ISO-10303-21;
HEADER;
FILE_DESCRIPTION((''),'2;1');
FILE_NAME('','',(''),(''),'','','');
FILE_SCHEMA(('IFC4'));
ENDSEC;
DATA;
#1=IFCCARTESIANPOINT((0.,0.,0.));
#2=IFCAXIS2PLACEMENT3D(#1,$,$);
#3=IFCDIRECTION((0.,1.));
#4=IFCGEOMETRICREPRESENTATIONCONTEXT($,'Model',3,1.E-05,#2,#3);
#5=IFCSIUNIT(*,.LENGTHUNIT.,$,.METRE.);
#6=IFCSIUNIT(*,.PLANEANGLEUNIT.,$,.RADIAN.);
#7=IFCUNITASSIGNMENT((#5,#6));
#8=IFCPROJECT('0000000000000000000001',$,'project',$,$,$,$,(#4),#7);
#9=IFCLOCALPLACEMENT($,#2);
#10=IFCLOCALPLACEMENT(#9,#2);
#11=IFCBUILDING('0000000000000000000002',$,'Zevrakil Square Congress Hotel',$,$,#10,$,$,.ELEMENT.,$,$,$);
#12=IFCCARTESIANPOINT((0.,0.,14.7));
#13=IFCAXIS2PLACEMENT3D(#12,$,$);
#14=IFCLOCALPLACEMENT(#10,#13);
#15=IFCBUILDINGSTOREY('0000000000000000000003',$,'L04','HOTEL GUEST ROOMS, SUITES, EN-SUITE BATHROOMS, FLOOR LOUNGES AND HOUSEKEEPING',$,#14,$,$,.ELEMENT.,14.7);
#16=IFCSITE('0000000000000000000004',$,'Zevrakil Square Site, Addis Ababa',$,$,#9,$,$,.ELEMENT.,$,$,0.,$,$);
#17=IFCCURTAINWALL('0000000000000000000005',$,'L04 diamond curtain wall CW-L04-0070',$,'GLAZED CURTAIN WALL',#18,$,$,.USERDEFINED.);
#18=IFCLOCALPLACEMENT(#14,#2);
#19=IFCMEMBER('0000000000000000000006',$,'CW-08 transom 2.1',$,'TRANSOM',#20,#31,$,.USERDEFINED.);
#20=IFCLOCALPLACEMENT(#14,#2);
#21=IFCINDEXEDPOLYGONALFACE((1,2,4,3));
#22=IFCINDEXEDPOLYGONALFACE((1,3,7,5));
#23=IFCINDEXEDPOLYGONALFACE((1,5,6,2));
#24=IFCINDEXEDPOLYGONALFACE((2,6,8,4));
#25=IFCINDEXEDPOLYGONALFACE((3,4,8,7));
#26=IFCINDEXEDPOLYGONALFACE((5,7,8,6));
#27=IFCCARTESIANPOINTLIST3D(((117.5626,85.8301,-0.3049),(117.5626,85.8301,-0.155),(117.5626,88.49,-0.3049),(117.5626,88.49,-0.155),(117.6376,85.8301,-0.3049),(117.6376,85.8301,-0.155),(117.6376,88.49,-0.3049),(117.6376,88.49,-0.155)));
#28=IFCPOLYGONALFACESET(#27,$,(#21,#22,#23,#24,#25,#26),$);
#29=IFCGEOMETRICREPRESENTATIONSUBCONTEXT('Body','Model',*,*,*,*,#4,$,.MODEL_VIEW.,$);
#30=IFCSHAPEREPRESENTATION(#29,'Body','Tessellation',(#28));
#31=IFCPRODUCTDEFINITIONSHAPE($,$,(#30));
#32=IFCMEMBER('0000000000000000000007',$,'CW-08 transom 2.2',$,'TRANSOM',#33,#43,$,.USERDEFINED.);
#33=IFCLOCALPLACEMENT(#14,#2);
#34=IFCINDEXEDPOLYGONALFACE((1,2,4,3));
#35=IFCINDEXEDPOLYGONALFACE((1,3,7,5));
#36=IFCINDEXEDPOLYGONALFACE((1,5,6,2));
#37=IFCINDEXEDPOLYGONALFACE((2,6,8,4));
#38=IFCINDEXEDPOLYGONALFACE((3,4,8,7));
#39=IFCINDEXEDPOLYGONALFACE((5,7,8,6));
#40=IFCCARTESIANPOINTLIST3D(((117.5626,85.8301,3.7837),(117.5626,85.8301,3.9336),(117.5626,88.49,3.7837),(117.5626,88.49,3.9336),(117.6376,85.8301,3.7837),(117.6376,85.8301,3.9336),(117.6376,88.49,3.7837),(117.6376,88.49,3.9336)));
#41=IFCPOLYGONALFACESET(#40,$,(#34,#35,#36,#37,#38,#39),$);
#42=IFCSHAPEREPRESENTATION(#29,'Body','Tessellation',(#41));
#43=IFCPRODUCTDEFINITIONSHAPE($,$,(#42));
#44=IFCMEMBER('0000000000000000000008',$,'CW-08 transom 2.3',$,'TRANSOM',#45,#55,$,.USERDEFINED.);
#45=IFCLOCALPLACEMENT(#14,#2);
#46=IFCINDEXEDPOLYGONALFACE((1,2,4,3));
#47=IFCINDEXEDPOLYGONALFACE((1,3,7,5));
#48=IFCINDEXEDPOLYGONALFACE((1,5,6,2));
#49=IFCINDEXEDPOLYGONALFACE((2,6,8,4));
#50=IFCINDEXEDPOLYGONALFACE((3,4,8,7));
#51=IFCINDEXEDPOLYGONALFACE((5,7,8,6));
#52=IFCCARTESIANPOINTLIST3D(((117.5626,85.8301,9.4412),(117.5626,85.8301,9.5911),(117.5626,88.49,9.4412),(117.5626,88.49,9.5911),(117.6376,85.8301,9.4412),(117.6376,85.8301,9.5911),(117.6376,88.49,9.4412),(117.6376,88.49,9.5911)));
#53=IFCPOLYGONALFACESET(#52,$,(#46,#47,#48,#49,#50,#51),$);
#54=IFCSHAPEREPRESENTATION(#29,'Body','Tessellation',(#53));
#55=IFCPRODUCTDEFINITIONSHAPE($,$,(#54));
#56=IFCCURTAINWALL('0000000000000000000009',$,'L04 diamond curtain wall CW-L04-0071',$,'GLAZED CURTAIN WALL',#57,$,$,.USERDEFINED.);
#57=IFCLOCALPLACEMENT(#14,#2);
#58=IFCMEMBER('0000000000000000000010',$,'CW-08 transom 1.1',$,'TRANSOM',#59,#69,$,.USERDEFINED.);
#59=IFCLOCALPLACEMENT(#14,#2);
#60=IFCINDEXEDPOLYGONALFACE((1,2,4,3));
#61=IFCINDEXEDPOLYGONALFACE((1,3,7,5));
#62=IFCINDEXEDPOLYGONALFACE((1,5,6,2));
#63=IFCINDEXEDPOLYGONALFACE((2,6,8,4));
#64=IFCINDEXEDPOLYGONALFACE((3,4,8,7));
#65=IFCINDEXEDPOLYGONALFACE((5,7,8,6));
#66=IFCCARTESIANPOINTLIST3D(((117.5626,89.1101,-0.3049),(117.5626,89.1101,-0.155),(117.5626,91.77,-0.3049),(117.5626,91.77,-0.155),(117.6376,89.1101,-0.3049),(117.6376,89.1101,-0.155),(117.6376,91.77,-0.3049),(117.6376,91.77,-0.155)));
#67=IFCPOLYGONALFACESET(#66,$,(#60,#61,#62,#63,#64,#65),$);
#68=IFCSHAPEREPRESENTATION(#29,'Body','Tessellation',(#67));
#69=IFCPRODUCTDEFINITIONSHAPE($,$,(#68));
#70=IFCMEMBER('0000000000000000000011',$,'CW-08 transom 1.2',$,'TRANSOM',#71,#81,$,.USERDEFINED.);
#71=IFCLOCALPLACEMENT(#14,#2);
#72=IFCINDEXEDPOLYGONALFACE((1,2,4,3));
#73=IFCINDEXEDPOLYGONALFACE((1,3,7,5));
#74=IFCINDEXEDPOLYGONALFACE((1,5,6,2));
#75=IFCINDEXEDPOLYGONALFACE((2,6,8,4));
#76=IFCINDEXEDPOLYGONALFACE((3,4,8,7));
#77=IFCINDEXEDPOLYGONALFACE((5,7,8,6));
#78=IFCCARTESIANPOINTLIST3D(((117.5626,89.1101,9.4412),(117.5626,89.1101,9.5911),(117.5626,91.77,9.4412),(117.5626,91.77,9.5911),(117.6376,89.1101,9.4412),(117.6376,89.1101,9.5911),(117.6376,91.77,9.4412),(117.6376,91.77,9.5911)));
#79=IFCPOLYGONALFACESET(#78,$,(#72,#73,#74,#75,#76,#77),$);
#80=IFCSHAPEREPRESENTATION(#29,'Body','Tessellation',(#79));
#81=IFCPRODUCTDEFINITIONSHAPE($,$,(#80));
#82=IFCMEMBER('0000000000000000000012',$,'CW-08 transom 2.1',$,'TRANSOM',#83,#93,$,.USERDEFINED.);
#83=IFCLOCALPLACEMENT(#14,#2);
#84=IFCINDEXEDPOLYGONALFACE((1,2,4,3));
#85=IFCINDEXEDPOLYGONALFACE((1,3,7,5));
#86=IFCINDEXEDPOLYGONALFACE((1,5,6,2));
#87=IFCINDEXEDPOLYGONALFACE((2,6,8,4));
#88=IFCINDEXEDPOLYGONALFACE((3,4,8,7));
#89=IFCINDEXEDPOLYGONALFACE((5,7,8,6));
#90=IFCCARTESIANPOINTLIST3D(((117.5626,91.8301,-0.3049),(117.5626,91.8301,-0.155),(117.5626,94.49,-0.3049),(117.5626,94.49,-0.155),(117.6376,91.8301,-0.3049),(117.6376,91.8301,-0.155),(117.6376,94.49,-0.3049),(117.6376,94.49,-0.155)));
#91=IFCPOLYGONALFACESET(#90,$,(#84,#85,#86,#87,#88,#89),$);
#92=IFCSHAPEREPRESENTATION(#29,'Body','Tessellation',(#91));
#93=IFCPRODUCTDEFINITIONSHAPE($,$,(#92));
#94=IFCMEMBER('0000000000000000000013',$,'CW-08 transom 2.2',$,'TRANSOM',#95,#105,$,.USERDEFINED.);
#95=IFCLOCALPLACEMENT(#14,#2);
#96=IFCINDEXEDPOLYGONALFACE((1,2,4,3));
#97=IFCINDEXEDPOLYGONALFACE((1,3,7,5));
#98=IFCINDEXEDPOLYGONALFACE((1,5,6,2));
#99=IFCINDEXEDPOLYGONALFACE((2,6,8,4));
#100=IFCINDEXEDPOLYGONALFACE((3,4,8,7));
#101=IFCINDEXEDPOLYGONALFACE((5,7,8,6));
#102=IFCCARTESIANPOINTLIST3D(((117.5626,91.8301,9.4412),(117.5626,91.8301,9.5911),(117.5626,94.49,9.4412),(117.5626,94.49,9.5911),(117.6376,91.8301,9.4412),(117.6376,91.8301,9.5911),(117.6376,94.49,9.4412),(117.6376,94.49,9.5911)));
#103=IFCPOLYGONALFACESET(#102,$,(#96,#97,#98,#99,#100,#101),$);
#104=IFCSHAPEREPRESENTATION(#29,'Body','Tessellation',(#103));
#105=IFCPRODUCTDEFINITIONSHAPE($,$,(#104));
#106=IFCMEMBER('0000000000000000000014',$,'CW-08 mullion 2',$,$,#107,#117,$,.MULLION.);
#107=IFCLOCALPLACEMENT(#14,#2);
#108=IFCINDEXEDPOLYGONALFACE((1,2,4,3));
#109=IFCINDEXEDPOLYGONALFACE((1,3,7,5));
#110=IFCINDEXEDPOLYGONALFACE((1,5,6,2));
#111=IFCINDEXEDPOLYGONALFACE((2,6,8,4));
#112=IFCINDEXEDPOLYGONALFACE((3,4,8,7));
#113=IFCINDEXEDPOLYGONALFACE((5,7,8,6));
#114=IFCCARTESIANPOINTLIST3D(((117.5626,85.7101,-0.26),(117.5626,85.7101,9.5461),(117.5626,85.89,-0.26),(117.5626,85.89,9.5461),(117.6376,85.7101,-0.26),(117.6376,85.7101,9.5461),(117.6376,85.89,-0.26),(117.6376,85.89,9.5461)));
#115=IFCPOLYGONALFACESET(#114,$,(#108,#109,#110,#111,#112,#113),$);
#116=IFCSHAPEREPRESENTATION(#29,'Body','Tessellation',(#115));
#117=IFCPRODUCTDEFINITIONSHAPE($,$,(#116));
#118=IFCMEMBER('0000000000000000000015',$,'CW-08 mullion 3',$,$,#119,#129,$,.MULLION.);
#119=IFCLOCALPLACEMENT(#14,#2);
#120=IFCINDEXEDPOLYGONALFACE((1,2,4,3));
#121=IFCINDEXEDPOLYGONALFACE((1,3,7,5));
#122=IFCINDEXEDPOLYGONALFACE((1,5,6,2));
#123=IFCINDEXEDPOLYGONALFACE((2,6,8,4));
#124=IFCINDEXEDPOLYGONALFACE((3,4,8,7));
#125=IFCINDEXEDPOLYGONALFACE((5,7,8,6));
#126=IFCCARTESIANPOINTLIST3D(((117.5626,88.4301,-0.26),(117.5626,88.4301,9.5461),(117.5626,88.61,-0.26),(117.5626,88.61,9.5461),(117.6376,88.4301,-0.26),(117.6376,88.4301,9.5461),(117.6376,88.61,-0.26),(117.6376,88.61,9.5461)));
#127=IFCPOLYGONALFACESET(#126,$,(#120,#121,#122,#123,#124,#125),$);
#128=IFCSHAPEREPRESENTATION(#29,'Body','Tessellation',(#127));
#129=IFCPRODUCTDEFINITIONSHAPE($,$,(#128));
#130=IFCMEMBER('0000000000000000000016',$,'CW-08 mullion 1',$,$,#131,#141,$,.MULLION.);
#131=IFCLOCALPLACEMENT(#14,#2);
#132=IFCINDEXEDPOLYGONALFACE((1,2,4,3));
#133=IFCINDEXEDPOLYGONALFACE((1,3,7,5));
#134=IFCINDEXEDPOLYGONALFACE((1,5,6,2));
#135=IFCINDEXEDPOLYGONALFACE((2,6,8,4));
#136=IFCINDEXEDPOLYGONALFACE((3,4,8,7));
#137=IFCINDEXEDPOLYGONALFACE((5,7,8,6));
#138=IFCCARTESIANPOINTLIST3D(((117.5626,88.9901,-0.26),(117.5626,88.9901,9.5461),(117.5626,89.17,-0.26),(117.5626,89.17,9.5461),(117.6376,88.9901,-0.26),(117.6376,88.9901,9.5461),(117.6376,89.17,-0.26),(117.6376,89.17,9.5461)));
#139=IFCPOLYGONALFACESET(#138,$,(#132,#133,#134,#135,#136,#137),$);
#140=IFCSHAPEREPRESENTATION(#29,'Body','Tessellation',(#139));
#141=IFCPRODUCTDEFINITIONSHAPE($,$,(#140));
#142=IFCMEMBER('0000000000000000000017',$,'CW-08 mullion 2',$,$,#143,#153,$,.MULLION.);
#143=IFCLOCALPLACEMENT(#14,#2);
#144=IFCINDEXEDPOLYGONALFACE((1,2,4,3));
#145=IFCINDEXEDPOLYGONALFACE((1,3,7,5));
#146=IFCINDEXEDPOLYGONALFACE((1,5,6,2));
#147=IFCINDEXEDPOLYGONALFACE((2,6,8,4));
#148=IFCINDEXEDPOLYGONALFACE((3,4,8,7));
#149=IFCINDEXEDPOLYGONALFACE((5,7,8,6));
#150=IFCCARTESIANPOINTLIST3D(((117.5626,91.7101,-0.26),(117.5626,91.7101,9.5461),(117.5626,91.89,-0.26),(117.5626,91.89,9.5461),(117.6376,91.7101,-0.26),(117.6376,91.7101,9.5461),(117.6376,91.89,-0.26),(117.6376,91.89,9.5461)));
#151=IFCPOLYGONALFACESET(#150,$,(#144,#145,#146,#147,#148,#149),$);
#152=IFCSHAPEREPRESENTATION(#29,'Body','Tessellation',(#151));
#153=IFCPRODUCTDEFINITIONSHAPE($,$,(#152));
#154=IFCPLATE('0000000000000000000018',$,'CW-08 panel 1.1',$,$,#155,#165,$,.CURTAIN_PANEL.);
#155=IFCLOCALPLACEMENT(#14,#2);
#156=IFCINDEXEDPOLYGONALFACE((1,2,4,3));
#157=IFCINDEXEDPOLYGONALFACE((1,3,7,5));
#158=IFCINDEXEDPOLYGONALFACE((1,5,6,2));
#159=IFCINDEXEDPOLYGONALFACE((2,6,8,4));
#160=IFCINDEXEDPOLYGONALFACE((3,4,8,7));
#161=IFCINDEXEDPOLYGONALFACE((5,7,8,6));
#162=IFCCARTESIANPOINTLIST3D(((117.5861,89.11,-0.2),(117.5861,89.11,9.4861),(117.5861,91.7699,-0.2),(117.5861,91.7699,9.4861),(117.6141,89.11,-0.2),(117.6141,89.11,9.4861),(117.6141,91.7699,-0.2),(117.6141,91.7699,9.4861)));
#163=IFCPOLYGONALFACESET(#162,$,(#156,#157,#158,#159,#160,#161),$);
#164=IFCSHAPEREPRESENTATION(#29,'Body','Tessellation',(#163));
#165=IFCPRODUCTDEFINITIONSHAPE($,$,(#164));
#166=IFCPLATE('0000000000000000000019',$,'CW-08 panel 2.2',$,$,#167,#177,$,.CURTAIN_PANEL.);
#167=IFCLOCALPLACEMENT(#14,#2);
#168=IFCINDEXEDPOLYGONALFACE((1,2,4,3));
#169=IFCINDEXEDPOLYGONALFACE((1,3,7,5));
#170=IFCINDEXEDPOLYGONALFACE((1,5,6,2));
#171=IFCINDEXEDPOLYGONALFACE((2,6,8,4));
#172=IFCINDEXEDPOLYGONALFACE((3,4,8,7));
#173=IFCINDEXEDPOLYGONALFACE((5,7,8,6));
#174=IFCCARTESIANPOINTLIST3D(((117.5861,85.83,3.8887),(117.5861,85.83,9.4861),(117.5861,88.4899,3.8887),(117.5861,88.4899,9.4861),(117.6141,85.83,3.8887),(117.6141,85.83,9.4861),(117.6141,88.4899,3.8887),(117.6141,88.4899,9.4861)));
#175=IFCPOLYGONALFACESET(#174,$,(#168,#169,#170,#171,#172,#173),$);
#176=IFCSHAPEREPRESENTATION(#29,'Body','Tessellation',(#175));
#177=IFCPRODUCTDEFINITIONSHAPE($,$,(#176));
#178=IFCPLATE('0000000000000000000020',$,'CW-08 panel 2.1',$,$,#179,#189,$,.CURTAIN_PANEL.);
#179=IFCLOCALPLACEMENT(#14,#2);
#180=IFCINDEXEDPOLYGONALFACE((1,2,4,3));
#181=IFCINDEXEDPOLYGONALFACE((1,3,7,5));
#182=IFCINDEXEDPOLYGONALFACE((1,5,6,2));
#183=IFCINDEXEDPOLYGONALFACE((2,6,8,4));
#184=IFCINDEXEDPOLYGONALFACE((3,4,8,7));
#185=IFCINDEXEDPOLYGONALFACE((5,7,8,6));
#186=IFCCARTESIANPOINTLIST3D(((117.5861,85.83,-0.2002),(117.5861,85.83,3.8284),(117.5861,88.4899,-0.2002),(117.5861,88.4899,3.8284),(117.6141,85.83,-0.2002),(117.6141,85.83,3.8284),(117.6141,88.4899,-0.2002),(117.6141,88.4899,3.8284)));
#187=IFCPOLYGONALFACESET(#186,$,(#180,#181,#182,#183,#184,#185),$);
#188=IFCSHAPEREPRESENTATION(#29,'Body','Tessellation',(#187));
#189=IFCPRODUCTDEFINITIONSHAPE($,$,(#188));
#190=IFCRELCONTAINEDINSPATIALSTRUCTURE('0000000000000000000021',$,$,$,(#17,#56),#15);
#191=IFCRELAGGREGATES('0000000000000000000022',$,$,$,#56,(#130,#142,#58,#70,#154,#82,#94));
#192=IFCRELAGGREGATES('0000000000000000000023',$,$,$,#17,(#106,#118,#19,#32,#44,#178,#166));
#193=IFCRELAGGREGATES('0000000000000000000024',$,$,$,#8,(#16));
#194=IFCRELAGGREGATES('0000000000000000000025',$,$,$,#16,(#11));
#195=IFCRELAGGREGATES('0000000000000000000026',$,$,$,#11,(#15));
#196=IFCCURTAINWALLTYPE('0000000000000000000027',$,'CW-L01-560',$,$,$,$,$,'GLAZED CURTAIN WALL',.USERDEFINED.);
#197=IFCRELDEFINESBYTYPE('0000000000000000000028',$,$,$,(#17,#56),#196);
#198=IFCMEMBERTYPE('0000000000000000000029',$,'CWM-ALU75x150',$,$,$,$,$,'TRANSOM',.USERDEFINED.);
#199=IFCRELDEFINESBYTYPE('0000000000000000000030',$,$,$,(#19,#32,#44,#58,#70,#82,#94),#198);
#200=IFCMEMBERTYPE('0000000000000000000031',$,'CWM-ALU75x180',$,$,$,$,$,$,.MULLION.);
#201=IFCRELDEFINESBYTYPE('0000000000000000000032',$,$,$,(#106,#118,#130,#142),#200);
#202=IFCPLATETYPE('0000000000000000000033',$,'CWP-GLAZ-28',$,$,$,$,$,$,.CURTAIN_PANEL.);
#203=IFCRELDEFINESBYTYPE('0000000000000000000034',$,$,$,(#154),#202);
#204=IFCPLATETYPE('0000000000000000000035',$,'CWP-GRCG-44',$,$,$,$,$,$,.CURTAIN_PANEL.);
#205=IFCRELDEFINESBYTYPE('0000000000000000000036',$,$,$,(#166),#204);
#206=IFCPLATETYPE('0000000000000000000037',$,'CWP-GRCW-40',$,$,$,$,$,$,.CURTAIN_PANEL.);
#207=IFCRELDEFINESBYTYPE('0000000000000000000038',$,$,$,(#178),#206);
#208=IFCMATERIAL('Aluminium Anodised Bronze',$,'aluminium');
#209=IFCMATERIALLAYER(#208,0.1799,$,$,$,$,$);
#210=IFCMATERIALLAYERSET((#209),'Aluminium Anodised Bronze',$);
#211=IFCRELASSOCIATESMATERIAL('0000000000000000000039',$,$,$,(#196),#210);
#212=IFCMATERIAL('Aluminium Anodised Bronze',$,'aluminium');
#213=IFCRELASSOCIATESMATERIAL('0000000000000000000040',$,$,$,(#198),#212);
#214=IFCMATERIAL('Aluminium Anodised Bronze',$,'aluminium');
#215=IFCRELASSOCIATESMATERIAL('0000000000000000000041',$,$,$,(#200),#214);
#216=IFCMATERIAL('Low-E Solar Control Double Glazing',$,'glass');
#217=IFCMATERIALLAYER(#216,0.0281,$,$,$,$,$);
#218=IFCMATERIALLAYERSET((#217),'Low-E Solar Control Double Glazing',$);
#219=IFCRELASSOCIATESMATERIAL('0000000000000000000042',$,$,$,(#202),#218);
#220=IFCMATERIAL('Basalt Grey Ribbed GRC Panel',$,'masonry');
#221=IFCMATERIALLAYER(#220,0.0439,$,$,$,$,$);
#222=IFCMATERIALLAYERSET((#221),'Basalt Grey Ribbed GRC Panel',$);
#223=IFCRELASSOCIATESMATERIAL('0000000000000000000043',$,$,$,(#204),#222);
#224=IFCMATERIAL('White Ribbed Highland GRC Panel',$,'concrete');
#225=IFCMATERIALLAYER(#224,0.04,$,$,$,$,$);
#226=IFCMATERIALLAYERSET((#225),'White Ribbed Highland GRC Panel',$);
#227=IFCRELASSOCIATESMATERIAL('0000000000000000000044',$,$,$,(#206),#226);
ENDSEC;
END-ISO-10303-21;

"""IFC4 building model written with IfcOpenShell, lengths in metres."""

from ifc_helpers import new_model, si_unit, direction, frame, origin, origin_2d, place, context, subcontext, project, spatial, rectangle, extrude, material, layer, layer_set, material_profile, profile_set, type_object, element, aggregate, save


model = new_model("IFC4")

# Units and contexts
model_context = context("Model", 3, precision=1e-05, world=origin(), true_north=direction((0.0, 1.0)))
body_context = subcontext(model_context, "Body", "Model", "MODEL_VIEW")
ifc_project = project(units=[si_unit("LENGTHUNIT", "METRE"), si_unit("PLANEANGLEUNIT", "RADIAN")], contexts=[model_context])

# Site, building, storey
site_placement = place(None, origin())
site = spatial("IfcSite", under=ifc_project, at=site_placement, Name="Zevrakil Square Site, Addis Ababa", CompositionType="ELEMENT", RefElevation=0.0)
building_placement = place(site_placement, origin())
building = spatial("IfcBuilding", under=site, at=building_placement, Name="Zevrakil Square Congress Hotel", CompositionType="ELEMENT")
storey_placement = place(building_placement, frame((0.0, 0.0, 14.7)))
storey = spatial("IfcBuildingStorey", under=building, at=storey_placement, Name="L04", Description="HOTEL GUEST ROOMS, SUITES, EN-SUITE BATHROOMS, FLOOR LOUNGES AND HOUSEKEEPING", CompositionType="ELEMENT", Elevation=14.7)

# Curtain walls, members
ifc_material_1 = material(Name="Aluminium Anodised Bronze", Category="aluminium")
ifc_layer_1 = layer(ifc_material_1, 0.1799)
ifc_layer_set_1 = layer_set([ifc_layer_1], Name="Aluminium Anodised Bronze")
curtain_wall_type = type_object("IfcCurtainWallType", Name="CW-L01-560", ElementType="GLAZED CURTAIN WALL", PredefinedType="USERDEFINED", material=ifc_layer_set_1)
curtain_wall_1_placement = place(storey_placement, origin())
curtain_wall_1 = element("IfcCurtainWall", 1, at=curtain_wall_1_placement, inside=storey, type_object=curtain_wall_type, Name="L04 diamond curtain wall CW-L04-0070", ObjectType="GLAZED CURTAIN WALL", PredefinedType="USERDEFINED")
ifc_material_2 = material(Name="Aluminium Anodised Bronze", Category="aluminium")
ifc_material_profile_1 = material_profile(ifc_material_2, rectangle(XDim=0.075, YDim=0.1499, at=origin_2d()), Name="ALU 75x150")
ifc_profile_set_1 = profile_set([ifc_material_profile_1], Name="Aluminium Anodised Bronze")
member_type_1 = type_object("IfcMemberType", Name="CWM-ALU75x150", ElementType="TRANSOM", PredefinedType="USERDEFINED", material=ifc_profile_set_1)
member_1_placement = place(storey_placement, frame((117.6001, 85.8301, -0.23), z_axis=(0.0, 1.0, 0.0), x_axis=(-1.0, 0.0, 0.0)))
member_1 = element("IfcMember", 2, at=member_1_placement, type_object=member_type_1, Name="CW-08 transom 2.1", ObjectType="TRANSOM", PredefinedType="USERDEFINED", context=body_context, shape_type="SweptSolid", body=[
    extrude(rectangle(XDim=0.075, YDim=0.1499, at=origin_2d()), origin(), (0.0, 0.0, 1.0), 2.6599),
])
member_2_placement = place(storey_placement, frame((117.6001, 85.8301, 3.8586), z_axis=(0.0, 1.0, 0.0), x_axis=(-1.0, 0.0, 0.0)))
member_2 = element("IfcMember", 3, at=member_2_placement, type_object=member_type_1, Name="CW-08 transom 2.2", ObjectType="TRANSOM", PredefinedType="USERDEFINED", context=body_context, shape_type="SweptSolid", body=[
    extrude(rectangle(XDim=0.075, YDim=0.1499, at=origin_2d()), origin(), (0.0, 0.0, 1.0), 2.6599),
])
member_3_placement = place(storey_placement, frame((117.6001, 85.8301, 9.5161), z_axis=(0.0, 1.0, 0.0), x_axis=(-1.0, 0.0, 0.0)))
member_3 = element("IfcMember", 4, at=member_3_placement, type_object=member_type_1, Name="CW-08 transom 2.3", ObjectType="TRANSOM", PredefinedType="USERDEFINED", context=body_context, shape_type="SweptSolid", body=[
    extrude(rectangle(XDim=0.075, YDim=0.1499, at=origin_2d()), origin(), (0.0, 0.0, 1.0), 2.6599),
])
curtain_wall_2_placement = place(storey_placement, origin())
curtain_wall_2 = element("IfcCurtainWall", 5, at=curtain_wall_2_placement, inside=storey, type_object=curtain_wall_type, Name="L04 diamond curtain wall CW-L04-0071", ObjectType="GLAZED CURTAIN WALL", PredefinedType="USERDEFINED")
member_4_placement = place(storey_placement, frame((117.6001, 89.1101, -0.23), z_axis=(0.0, 1.0, 0.0), x_axis=(-1.0, 0.0, 0.0)))
member_4 = element("IfcMember", 6, at=member_4_placement, type_object=member_type_1, Name="CW-08 transom 1.1", ObjectType="TRANSOM", PredefinedType="USERDEFINED", context=body_context, shape_type="SweptSolid", body=[
    extrude(rectangle(XDim=0.075, YDim=0.1499, at=origin_2d()), origin(), (0.0, 0.0, 1.0), 2.6599),
])
member_5_placement = place(storey_placement, frame((117.6001, 89.1101, 9.5161), z_axis=(0.0, 1.0, 0.0), x_axis=(-1.0, 0.0, 0.0)))
member_5 = element("IfcMember", 7, at=member_5_placement, type_object=member_type_1, Name="CW-08 transom 1.2", ObjectType="TRANSOM", PredefinedType="USERDEFINED", context=body_context, shape_type="SweptSolid", body=[
    extrude(rectangle(XDim=0.075, YDim=0.1499, at=origin_2d()), origin(), (0.0, 0.0, 1.0), 2.6599),
])
member_6_placement = place(storey_placement, frame((117.6001, 91.8301, -0.23), z_axis=(0.0, 1.0, 0.0), x_axis=(-1.0, 0.0, 0.0)))
member_6 = element("IfcMember", 8, at=member_6_placement, type_object=member_type_1, Name="CW-08 transom 2.1", ObjectType="TRANSOM", PredefinedType="USERDEFINED", context=body_context, shape_type="SweptSolid", body=[
    extrude(rectangle(XDim=0.075, YDim=0.1499, at=origin_2d()), origin(), (0.0, 0.0, 1.0), 2.6599),
])
member_7_placement = place(storey_placement, frame((117.6001, 91.8301, 9.5161), z_axis=(0.0, 1.0, 0.0), x_axis=(-1.0, 0.0, 0.0)))
member_7 = element("IfcMember", 9, at=member_7_placement, type_object=member_type_1, Name="CW-08 transom 2.2", ObjectType="TRANSOM", PredefinedType="USERDEFINED", context=body_context, shape_type="SweptSolid", body=[
    extrude(rectangle(XDim=0.075, YDim=0.1499, at=origin_2d()), origin(), (0.0, 0.0, 1.0), 2.6599),
])

# Members
ifc_material_3 = material(Name="Aluminium Anodised Bronze", Category="aluminium")
ifc_material_profile_2 = material_profile(ifc_material_3, rectangle(XDim=0.075, YDim=0.1799, at=origin_2d()), Name="ALU 75x180")
ifc_profile_set_2 = profile_set([ifc_material_profile_2], Name="Aluminium Anodised Bronze")
member_type_2 = type_object("IfcMemberType", Name="CWM-ALU75x180", PredefinedType="MULLION", material=ifc_profile_set_2)
member_8_placement = place(storey_placement, frame((117.6001, 85.8, -0.26), z_axis=(0.0, 0.0, 1.0), x_axis=(-1.0, 0.0, 0.0)))
member_8 = element("IfcMember", 10, at=member_8_placement, type_object=member_type_2, Name="CW-08 mullion 2", PredefinedType="MULLION", context=body_context, shape_type="SweptSolid", body=[
    extrude(rectangle(XDim=0.075, YDim=0.1799, at=origin_2d()), origin(), (0.0, 0.0, 1.0), 9.8062),
])
member_9_placement = place(storey_placement, frame((117.6001, 88.52, -0.26), z_axis=(0.0, 0.0, 1.0), x_axis=(-1.0, 0.0, 0.0)))
member_9 = element("IfcMember", 11, at=member_9_placement, type_object=member_type_2, Name="CW-08 mullion 3", PredefinedType="MULLION", context=body_context, shape_type="SweptSolid", body=[
    extrude(rectangle(XDim=0.075, YDim=0.1799, at=origin_2d()), origin(), (0.0, 0.0, 1.0), 9.8062),
])
member_10_placement = place(storey_placement, frame((117.6001, 89.0801, -0.26), z_axis=(0.0, 0.0, 1.0), x_axis=(-1.0, 0.0, 0.0)))
member_10 = element("IfcMember", 12, at=member_10_placement, type_object=member_type_2, Name="CW-08 mullion 1", PredefinedType="MULLION", context=body_context, shape_type="SweptSolid", body=[
    extrude(rectangle(XDim=0.075, YDim=0.1799, at=origin_2d()), origin(), (0.0, 0.0, 1.0), 9.8062),
])
member_11_placement = place(storey_placement, frame((117.6001, 91.8, -0.26), z_axis=(0.0, 0.0, 1.0), x_axis=(-1.0, 0.0, 0.0)))
member_11 = element("IfcMember", 13, at=member_11_placement, type_object=member_type_2, Name="CW-08 mullion 2", PredefinedType="MULLION", context=body_context, shape_type="SweptSolid", body=[
    extrude(rectangle(XDim=0.075, YDim=0.1799, at=origin_2d()), origin(), (0.0, 0.0, 1.0), 9.8062),
])

# Plates
ifc_material_4 = material(Name="Low-E Solar Control Double Glazing", Category="glass")
ifc_layer_2 = layer(ifc_material_4, 0.0281)
ifc_layer_set_2 = layer_set([ifc_layer_2], Name="Low-E Solar Control Double Glazing")
plate_type_1 = type_object("IfcPlateType", Name="CWP-GLAZ-28", PredefinedType="CURTAIN_PANEL", material=ifc_layer_set_2)
plate_1_placement = place(storey_placement, frame((117.6001, 90.4399, -0.2), z_axis=(0.0, 0.0, 1.0), x_axis=(0.0, 1.0, 0.0)))
plate_1 = element("IfcPlate", 14, at=plate_1_placement, type_object=plate_type_1, Name="CW-08 panel 1.1", PredefinedType="CURTAIN_PANEL", context=body_context, shape_type="SweptSolid", body=[
    extrude(rectangle(XDim=2.6599, YDim=0.0281, at=origin_2d()), origin(), (0.0, 0.0, 1.0), 9.686),
])
aggregate(curtain_wall_2, [member_10, member_11, member_4, member_5, plate_1, member_6, member_7])
ifc_material_5 = material(Name="Basalt Grey Ribbed GRC Panel", Category="masonry")
ifc_layer_3 = layer(ifc_material_5, 0.0439)
ifc_layer_set_3 = layer_set([ifc_layer_3], Name="Basalt Grey Ribbed GRC Panel")
plate_type_2 = type_object("IfcPlateType", Name="CWP-GRCG-44", PredefinedType="CURTAIN_PANEL", material=ifc_layer_set_3)
plate_2_placement = place(storey_placement, frame((117.6001, 87.1599, 3.8887), z_axis=(0.0, 0.0, 1.0), x_axis=(0.0, 1.0, 0.0)))
plate_2 = element("IfcPlate", 15, at=plate_2_placement, type_object=plate_type_2, Name="CW-08 panel 2.2", PredefinedType="CURTAIN_PANEL", context=body_context, shape_type="SweptSolid", body=[
    extrude(rectangle(XDim=2.6599, YDim=0.0281, at=origin_2d()), origin(), (0.0, 0.0, 1.0), 5.5974),
])
ifc_material_6 = material(Name="White Ribbed Highland GRC Panel", Category="concrete")
ifc_layer_4 = layer(ifc_material_6, 0.04)
ifc_layer_set_4 = layer_set([ifc_layer_4], Name="White Ribbed Highland GRC Panel")
plate_type_3 = type_object("IfcPlateType", Name="CWP-GRCW-40", PredefinedType="CURTAIN_PANEL", material=ifc_layer_set_4)
plate_3_placement = place(storey_placement, frame((117.6001, 87.1599, -0.2002), z_axis=(0.0, 0.0, 1.0), x_axis=(0.0, 1.0, 0.0)))
plate_3 = element("IfcPlate", 16, at=plate_3_placement, type_object=plate_type_3, Name="CW-08 panel 2.1", PredefinedType="CURTAIN_PANEL", context=body_context, shape_type="SweptSolid", body=[
    extrude(rectangle(XDim=2.6599, YDim=0.0281, at=origin_2d()), origin(), (0.0, 0.0, 1.0), 4.0286),
])
aggregate(curtain_wall_1, [member_8, member_9, member_1, member_2, member_3, plate_3, plate_2])

save(model, "model.ifc")
